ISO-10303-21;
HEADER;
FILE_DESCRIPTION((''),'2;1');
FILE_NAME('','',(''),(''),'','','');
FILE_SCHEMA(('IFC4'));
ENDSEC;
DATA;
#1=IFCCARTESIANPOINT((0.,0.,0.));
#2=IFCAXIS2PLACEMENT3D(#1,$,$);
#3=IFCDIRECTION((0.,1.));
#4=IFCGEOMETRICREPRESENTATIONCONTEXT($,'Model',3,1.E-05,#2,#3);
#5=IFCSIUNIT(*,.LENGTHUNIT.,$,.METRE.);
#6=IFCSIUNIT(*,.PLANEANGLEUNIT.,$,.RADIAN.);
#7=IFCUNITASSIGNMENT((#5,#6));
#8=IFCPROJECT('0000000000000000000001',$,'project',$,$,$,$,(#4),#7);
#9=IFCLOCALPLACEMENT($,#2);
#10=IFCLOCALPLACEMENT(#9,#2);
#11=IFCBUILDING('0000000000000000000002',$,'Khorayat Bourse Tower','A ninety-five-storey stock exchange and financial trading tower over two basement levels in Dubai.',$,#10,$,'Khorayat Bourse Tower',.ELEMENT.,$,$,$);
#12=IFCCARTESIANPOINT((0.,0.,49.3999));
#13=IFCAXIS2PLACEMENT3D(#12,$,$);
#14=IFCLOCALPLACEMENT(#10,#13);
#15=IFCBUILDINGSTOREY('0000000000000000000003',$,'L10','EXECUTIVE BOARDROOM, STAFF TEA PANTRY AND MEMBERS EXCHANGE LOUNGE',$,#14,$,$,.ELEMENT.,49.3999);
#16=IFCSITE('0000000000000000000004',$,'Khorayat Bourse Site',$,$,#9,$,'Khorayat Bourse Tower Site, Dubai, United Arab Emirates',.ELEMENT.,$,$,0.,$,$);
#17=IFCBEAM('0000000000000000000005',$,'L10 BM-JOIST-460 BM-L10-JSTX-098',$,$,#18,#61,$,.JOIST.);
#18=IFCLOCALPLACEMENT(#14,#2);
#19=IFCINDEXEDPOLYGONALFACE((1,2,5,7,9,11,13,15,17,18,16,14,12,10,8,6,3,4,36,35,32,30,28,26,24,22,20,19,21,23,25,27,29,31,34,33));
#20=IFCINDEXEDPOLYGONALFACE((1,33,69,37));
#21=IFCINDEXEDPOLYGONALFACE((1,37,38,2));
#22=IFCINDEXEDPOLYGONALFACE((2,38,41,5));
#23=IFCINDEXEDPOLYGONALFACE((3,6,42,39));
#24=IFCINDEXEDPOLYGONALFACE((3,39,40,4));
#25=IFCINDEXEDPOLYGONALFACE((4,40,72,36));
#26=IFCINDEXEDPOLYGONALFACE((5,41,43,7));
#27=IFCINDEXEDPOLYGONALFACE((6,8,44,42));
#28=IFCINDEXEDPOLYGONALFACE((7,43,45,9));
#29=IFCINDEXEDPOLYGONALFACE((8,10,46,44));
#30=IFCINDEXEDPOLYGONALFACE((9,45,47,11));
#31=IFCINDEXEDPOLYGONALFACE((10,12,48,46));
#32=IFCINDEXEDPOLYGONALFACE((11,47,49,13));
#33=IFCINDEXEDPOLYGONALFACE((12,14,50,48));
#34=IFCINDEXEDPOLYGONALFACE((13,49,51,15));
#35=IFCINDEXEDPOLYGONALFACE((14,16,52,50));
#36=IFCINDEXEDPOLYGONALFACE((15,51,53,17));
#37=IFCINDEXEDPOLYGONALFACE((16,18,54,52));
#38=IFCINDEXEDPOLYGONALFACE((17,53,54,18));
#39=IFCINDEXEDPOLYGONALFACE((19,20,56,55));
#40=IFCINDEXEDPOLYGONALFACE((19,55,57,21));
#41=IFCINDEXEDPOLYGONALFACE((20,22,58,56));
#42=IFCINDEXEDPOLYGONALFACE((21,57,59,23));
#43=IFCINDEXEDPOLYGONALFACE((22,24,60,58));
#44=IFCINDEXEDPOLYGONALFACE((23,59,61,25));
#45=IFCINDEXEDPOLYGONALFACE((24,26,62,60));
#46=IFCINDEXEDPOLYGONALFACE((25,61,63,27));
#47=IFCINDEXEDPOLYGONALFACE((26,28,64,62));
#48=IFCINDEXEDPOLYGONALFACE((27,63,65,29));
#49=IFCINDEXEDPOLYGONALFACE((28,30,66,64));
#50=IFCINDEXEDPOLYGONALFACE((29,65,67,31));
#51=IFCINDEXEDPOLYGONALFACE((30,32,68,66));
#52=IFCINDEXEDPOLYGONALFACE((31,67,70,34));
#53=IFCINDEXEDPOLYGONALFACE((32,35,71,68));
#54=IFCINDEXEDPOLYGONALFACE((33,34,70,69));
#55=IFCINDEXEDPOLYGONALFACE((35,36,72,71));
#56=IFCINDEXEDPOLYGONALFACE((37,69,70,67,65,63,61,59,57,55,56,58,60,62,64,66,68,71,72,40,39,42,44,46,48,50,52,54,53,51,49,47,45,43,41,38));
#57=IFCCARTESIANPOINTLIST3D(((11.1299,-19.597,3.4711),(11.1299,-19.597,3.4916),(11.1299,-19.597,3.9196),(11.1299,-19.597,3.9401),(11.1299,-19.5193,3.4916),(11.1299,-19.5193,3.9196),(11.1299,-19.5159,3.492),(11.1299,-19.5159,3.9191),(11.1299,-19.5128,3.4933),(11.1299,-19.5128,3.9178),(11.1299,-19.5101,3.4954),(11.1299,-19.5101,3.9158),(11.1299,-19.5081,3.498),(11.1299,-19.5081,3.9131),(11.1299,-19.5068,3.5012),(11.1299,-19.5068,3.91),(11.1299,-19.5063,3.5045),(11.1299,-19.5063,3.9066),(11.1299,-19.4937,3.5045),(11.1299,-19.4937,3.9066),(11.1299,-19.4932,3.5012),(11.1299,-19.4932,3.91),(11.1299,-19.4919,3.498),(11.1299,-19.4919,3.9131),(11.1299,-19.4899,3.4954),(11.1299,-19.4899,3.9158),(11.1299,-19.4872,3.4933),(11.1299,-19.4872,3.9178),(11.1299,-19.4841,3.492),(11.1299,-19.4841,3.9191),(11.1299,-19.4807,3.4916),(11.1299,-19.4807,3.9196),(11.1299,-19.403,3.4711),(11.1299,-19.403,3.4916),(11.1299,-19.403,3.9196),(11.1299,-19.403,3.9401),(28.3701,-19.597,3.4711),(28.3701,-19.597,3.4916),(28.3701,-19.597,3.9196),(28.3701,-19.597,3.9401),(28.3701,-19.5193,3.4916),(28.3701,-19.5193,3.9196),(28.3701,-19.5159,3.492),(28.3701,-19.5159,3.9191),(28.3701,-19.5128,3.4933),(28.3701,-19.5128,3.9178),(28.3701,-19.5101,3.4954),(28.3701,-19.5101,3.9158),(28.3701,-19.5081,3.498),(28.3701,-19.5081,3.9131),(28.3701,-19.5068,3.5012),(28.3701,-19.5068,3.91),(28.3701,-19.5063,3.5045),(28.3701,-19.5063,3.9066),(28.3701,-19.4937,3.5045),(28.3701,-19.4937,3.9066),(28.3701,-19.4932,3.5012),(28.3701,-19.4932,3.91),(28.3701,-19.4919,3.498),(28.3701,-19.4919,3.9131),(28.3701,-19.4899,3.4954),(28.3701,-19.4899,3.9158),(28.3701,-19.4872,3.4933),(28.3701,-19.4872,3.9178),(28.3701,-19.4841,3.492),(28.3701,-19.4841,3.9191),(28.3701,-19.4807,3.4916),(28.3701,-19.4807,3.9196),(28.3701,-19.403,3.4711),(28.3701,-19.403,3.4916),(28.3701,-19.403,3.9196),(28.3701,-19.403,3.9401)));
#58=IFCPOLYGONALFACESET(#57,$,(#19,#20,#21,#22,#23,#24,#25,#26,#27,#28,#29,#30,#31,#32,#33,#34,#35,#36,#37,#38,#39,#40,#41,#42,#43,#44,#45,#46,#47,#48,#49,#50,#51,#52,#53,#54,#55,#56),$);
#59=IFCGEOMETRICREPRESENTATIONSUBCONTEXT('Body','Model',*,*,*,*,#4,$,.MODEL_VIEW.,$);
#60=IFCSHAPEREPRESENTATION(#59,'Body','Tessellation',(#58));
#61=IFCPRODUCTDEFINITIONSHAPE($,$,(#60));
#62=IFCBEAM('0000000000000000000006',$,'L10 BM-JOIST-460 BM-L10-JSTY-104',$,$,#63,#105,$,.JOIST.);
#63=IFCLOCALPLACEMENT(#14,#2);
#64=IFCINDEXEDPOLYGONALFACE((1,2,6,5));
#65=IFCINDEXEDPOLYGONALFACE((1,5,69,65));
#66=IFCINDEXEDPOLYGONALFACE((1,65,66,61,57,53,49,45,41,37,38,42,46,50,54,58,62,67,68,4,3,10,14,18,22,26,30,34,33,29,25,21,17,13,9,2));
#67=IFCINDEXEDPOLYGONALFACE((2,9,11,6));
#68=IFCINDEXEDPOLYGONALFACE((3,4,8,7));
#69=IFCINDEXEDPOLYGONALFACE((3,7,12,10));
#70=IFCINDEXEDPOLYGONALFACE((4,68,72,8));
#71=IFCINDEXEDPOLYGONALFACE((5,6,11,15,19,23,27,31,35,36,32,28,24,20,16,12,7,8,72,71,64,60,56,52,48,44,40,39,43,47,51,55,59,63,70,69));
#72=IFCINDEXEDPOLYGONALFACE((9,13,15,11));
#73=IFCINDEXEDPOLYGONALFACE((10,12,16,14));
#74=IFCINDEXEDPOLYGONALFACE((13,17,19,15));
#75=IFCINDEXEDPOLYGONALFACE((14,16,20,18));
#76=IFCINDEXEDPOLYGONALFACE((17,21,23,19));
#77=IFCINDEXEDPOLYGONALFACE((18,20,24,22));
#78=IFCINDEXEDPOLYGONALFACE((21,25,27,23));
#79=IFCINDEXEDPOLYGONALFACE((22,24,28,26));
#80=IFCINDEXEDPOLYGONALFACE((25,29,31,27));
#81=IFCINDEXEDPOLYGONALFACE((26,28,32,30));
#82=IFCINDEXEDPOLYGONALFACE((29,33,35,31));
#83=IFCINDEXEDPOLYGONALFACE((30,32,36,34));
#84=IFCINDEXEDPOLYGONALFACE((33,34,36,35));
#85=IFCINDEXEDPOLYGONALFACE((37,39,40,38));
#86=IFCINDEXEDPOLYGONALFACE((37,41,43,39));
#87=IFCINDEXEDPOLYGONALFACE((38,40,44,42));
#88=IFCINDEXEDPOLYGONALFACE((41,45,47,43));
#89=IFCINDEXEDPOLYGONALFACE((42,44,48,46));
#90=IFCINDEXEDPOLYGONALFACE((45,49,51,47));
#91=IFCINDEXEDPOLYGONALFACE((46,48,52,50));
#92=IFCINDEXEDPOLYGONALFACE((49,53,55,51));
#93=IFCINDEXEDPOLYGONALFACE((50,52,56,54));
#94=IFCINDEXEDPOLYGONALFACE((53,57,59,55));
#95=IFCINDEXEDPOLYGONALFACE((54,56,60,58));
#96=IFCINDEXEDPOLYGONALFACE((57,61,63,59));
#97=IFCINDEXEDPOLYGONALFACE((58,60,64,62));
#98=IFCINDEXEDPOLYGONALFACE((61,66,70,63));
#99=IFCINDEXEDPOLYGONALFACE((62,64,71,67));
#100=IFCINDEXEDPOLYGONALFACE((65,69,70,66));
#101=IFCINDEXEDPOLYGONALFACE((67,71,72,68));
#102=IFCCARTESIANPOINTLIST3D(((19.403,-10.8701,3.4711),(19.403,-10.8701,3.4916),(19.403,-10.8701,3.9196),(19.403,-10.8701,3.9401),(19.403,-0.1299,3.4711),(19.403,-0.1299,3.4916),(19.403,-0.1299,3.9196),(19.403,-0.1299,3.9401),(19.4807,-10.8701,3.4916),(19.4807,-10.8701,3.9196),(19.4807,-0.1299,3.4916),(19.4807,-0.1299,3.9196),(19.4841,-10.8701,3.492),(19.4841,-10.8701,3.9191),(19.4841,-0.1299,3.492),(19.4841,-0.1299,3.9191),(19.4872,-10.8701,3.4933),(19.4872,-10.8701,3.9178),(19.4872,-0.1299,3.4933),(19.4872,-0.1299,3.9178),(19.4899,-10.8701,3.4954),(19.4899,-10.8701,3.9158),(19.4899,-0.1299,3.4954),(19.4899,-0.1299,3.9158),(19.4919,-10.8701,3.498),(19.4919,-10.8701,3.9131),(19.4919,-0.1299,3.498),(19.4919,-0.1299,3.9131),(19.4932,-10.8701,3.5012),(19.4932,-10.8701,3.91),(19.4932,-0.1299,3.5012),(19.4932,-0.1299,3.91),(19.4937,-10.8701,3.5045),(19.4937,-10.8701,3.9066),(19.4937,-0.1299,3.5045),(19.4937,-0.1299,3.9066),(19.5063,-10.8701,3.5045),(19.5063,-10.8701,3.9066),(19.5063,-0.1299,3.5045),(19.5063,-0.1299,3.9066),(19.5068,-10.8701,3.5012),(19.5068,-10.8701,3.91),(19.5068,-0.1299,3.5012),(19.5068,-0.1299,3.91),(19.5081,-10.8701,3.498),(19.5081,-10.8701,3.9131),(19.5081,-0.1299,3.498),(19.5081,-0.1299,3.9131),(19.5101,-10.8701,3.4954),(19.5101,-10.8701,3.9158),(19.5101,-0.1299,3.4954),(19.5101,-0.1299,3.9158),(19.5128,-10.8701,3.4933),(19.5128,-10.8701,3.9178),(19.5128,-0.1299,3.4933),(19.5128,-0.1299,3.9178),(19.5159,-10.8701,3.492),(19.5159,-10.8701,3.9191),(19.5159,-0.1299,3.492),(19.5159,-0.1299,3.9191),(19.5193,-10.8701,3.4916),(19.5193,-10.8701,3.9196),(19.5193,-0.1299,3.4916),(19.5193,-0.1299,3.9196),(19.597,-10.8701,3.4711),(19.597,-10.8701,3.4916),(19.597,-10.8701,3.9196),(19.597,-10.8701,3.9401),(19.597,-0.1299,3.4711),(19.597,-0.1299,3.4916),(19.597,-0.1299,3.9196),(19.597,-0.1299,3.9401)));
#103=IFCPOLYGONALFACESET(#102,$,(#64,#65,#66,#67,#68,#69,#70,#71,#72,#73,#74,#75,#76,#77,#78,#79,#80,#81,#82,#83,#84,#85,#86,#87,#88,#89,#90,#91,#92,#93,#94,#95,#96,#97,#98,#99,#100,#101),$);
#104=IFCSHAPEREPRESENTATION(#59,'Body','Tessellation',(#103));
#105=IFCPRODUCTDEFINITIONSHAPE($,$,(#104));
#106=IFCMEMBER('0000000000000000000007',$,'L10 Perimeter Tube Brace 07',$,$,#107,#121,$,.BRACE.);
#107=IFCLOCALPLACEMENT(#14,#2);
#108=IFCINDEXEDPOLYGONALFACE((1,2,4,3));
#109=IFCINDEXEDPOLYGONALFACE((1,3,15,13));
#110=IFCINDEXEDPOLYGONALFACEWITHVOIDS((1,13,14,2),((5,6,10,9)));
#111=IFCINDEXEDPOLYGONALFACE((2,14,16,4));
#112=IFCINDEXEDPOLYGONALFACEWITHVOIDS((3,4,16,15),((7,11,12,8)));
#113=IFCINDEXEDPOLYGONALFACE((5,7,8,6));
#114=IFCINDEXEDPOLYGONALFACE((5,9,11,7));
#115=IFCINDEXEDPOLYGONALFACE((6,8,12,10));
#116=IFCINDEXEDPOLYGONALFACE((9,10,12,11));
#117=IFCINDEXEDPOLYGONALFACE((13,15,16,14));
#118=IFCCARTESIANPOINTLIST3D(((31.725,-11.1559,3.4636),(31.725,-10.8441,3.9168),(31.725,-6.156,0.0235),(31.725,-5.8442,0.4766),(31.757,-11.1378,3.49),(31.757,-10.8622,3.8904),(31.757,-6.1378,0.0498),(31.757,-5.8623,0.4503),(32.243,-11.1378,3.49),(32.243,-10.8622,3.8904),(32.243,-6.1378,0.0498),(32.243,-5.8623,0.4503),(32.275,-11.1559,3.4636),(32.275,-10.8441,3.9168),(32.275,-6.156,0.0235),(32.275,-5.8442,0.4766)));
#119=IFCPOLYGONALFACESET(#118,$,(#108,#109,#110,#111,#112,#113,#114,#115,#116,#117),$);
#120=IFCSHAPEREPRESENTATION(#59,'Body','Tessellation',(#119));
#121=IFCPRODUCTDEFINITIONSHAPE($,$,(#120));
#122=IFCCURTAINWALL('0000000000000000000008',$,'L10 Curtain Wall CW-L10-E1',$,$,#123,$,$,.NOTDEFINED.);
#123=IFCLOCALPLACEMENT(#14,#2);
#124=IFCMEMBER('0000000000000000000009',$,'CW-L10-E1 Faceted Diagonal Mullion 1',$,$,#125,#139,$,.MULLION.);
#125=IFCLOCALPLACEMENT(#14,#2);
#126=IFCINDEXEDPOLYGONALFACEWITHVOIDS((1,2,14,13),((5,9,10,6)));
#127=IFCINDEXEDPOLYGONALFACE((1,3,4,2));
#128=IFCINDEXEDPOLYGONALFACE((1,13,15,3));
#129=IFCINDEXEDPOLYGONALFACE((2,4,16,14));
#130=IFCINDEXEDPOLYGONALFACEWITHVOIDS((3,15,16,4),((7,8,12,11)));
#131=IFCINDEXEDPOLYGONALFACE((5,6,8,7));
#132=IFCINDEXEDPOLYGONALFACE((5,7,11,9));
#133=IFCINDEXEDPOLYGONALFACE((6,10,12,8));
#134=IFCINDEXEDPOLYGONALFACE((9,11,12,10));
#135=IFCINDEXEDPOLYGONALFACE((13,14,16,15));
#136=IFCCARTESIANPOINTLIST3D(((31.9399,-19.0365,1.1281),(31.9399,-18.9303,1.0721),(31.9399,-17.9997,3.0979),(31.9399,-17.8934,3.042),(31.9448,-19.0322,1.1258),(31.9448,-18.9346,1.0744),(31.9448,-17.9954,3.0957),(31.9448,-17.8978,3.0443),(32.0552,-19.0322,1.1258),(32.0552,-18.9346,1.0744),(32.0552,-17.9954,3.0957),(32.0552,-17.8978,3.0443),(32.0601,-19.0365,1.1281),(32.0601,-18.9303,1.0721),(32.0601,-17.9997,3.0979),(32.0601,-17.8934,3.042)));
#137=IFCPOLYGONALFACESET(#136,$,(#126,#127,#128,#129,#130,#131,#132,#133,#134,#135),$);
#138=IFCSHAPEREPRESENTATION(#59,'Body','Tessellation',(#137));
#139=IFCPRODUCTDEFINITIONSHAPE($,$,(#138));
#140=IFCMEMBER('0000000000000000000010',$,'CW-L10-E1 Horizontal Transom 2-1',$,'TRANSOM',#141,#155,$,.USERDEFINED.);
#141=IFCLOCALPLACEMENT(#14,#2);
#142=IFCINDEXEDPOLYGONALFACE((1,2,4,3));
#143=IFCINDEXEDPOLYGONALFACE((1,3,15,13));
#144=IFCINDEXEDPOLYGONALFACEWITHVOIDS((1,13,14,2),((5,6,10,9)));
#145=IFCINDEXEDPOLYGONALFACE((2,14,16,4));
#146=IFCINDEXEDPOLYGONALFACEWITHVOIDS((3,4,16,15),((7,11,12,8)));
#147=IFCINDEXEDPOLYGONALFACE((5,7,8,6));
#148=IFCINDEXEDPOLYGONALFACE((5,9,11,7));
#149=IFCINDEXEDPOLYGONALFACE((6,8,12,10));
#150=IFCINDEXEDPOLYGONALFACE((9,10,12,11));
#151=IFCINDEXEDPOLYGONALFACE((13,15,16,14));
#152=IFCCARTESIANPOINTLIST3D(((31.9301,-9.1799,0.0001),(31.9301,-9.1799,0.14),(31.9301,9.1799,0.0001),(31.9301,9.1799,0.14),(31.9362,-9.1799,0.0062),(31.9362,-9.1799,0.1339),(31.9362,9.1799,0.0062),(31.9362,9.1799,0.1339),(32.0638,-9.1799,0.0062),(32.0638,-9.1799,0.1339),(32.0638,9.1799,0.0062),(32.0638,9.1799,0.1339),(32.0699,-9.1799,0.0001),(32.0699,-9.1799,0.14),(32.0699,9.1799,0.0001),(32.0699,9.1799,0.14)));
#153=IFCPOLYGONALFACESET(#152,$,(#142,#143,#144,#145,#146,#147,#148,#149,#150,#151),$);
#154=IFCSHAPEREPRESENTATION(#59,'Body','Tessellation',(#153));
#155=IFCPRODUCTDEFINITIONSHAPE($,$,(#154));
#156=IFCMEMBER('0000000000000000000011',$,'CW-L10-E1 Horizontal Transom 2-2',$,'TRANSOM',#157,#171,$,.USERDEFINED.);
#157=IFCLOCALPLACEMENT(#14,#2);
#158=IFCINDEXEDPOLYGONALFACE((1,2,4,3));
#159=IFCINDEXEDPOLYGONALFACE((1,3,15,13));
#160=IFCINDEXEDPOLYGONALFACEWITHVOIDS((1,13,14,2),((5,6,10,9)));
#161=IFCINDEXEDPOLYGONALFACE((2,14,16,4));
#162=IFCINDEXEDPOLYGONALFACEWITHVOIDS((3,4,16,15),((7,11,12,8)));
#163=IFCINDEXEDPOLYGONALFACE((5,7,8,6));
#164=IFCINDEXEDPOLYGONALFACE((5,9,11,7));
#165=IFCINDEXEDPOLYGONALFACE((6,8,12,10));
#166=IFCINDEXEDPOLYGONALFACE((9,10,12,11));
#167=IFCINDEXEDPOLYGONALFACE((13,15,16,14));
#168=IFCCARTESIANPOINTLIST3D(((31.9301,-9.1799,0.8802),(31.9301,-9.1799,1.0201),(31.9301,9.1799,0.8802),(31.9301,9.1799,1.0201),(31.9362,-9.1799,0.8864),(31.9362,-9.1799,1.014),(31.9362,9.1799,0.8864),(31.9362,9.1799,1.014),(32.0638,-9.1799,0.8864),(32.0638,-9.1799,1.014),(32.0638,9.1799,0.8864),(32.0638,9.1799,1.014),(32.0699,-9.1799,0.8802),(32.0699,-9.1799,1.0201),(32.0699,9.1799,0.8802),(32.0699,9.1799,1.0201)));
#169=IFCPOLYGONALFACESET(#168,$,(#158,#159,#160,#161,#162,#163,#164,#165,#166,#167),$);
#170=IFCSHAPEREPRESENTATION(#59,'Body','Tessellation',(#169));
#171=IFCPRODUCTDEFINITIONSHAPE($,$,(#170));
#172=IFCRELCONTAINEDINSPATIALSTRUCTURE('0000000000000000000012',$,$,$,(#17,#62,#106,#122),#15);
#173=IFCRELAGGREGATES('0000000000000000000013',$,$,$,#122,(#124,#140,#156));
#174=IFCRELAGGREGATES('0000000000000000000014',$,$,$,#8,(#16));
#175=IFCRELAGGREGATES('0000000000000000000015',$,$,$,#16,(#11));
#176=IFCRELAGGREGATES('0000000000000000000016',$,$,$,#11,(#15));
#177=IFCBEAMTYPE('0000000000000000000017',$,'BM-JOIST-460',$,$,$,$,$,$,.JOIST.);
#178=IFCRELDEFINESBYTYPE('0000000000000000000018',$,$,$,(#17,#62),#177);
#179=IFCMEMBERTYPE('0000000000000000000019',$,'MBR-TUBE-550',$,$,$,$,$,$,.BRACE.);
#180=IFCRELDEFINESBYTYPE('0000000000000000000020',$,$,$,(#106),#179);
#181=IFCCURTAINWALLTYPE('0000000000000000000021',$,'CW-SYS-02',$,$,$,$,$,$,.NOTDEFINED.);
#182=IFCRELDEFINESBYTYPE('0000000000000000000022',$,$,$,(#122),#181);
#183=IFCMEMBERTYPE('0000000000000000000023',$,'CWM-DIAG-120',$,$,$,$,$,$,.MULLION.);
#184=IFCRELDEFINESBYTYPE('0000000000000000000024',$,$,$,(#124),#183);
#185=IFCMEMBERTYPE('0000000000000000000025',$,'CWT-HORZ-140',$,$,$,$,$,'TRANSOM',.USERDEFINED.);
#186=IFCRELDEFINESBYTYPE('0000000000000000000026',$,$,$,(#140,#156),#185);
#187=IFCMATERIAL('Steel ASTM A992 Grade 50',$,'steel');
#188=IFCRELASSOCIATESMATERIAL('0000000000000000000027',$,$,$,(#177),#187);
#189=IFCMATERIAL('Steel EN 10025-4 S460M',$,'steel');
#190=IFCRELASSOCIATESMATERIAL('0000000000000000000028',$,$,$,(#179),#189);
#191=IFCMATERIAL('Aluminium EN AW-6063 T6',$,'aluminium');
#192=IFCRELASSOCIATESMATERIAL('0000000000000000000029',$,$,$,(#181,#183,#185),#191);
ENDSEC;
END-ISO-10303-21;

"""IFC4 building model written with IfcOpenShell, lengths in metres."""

from ifc_helpers import new_model, si_unit, direction, frame, origin, origin_2d, place, context, subcontext, project, spatial, hollow_rectangle, i_section, extrude, source, transform, mapped, material, material_profile, profile_set, type_object, element, aggregate, save


model = new_model("IFC4")

# Units and contexts
model_context = context("Model", 3, precision=1e-05, world=origin(), true_north=direction((0.0, 1.0)))
body_context = subcontext(model_context, "Body", "Model", "MODEL_VIEW")
ifc_project = project(units=[si_unit("LENGTHUNIT", "METRE"), si_unit("PLANEANGLEUNIT", "RADIAN")], contexts=[model_context])

# Site, building, storey
site_placement = place(None, origin())
site = spatial("IfcSite", under=ifc_project, at=site_placement, Name="Khorayat Bourse Site", LongName="Khorayat Bourse Tower Site, Dubai, United Arab Emirates", CompositionType="ELEMENT", RefElevation=0.0)
building_placement = place(site_placement, origin())
building = spatial("IfcBuilding", under=site, at=building_placement, Name="Khorayat Bourse Tower", Description="A ninety-five-storey stock exchange and financial trading tower over two basement levels in Dubai.", LongName="Khorayat Bourse Tower", CompositionType="ELEMENT")
storey_placement = place(building_placement, frame((0.0, 0.0, 49.3999)))
storey = spatial("IfcBuildingStorey", under=building, at=storey_placement, Name="L10", Description="EXECUTIVE BOARDROOM, STAFF TEA PANTRY AND MEMBERS EXCHANGE LOUNGE", CompositionType="ELEMENT", Elevation=49.3999)

# Shared definitions
ifc_material_1 = material(Name="Steel EN 10025-4 S460M", Category="steel")

# Beams
ifc_material_2 = material(Name="Steel ASTM A992 Grade 50", Category="steel")
ifc_material_profile_1 = material_profile(ifc_material_2, i_section(OverallWidth=0.1941, OverallDepth=0.469, WebThickness=0.0127, FlangeThickness=0.0205, FilletRadius=0.0129, at=origin_2d()), Name="W460X106")
ifc_profile_set_1 = profile_set([ifc_material_profile_1], Name="Steel ASTM A992 Grade 50")
beam_type_1 = type_object("IfcBeamType", Name="BM-JOIST-460", PredefinedType="JOIST", material=ifc_profile_set_1)
shared_shape_1 = source(origin(), body_context, "Body", "SweptSolid", [
    extrude(i_section(OverallWidth=0.1941, OverallDepth=0.469, WebThickness=0.0127, FlangeThickness=0.0205, FilletRadius=0.0129, at=origin_2d()), origin(), (0.0, 0.0, 1.0), 17.2402),
])
beam_1_placement = place(storey_placement, frame((11.1299, -19.5, 3.7056), z_axis=(1.0, 0.0, 0.0), x_axis=(0.0, 1.0, 0.0)))
element("IfcBeam", 1, at=beam_1_placement, inside=storey, type_object=beam_type_1, Name="L10 BM-JOIST-460 BM-L10-JSTX-098", PredefinedType="JOIST", context=body_context, shape_type="MappedRepresentation", body=[
    mapped(shared_shape_1, transform((0.0, 0.0, 0.0), scale=1.0)),
])
shared_shape_2 = source(origin(), body_context, "Body", "SweptSolid", [
    extrude(i_section(OverallWidth=0.1941, OverallDepth=0.469, WebThickness=0.0127, FlangeThickness=0.0205, FilletRadius=0.0129, at=origin_2d()), origin(), (0.0, 0.0, 1.0), 10.7402),
])
beam_2_placement = place(storey_placement, frame((19.5, -10.8701, 3.7056), z_axis=(0.0, 1.0, 0.0), x_axis=(-1.0, 0.0, 0.0)))
element("IfcBeam", 2, at=beam_2_placement, inside=storey, type_object=beam_type_1, Name="L10 BM-JOIST-460 BM-L10-JSTY-104", PredefinedType="JOIST", context=body_context, shape_type="MappedRepresentation", body=[
    mapped(shared_shape_2, transform((0.0, 0.0, 0.0), scale=1.0)),
])

# Member
ifc_material_profile_2 = material_profile(ifc_material_1, hollow_rectangle(XDim=0.55, YDim=0.55, WallThickness=0.032, at=origin_2d()), Name="HSS 550x550x32")
ifc_profile_set_2 = profile_set([ifc_material_profile_2], Name="Steel EN 10025-4 S460M")
member_type_1 = type_object("IfcMemberType", Name="MBR-TUBE-550", PredefinedType="BRACE", material=ifc_profile_set_2)
shared_shape_3 = source(origin(), body_context, "Body", "SweptSolid", [
    extrude(hollow_rectangle(XDim=0.55, YDim=0.55, WallThickness=0.032, at=origin_2d()), origin(), (0.0, 0.0, 1.0), 6.0691),
])
member_1_placement = place(storey_placement, frame((32.0, -11.0, 3.6902), z_axis=(0.0, 0.823835, -0.566829), x_axis=(-1.0, 0.0, 0.0)))
element("IfcMember", 3, at=member_1_placement, inside=storey, type_object=member_type_1, Name="L10 Perimeter Tube Brace 07", PredefinedType="BRACE", context=body_context, shape_type="MappedRepresentation", body=[
    mapped(shared_shape_3, transform((0.0, 0.0, 0.0), scale=1.0)),
])

# Curtain wall, members
ifc_material_3 = material(Name="Aluminium EN AW-6063 T6", Category="aluminium")
curtain_wall_type = type_object("IfcCurtainWallType", Name="CW-SYS-02", PredefinedType="NOTDEFINED", material=ifc_material_3)
curtain_wall_placement = place(storey_placement, origin())
curtain_wall = element("IfcCurtainWall", 4, at=curtain_wall_placement, inside=storey, type_object=curtain_wall_type, Name="L10 Curtain Wall CW-L10-E1", PredefinedType="NOTDEFINED")
ifc_material_profile_3 = material_profile(ifc_material_3, hollow_rectangle(XDim=0.1201, YDim=0.1201, WallThickness=0.0049, at=origin_2d()), Name="ALU 120x120x5")
ifc_profile_set_3 = profile_set([ifc_material_profile_3], Name="Aluminium EN AW-6063 T6")
member_type_2 = type_object("IfcMemberType", Name="CWM-DIAG-120", PredefinedType="MULLION", material=ifc_profile_set_3)
shared_shape_4 = source(origin(), body_context, "Body", "SweptSolid", [
    extrude(hollow_rectangle(XDim=0.1201, YDim=0.1201, WallThickness=0.0049, at=origin_2d()), origin(), (0.0, 0.0, 1.0), 2.2261),
])
member_2_placement = place(storey_placement, frame((32.0, -18.9834, 1.1001), z_axis=(0.0, 0.46576, 0.884911), x_axis=(-1.0, 0.0, 0.0)))
member_2 = element("IfcMember", 5, at=member_2_placement, type_object=member_type_2, Name="CW-L10-E1 Faceted Diagonal Mullion 1", PredefinedType="MULLION", context=body_context, shape_type="MappedRepresentation", body=[
    mapped(shared_shape_4, transform((0.0, 0.0, 0.0), scale=1.0)),
])
ifc_material_profile_4 = material_profile(ifc_material_3, hollow_rectangle(XDim=0.1399, YDim=0.1399, WallThickness=0.0061, at=origin_2d()), Name="ALU 140x140x6")
ifc_profile_set_4 = profile_set([ifc_material_profile_4], Name="Aluminium EN AW-6063 T6")
member_type_3 = type_object("IfcMemberType", Name="CWT-HORZ-140", ElementType="TRANSOM", PredefinedType="USERDEFINED", material=ifc_profile_set_4)
shared_shape_5 = source(origin(), body_context, "Body", "SweptSolid", [
    extrude(hollow_rectangle(XDim=0.1399, YDim=0.1399, WallThickness=0.0061, at=origin_2d()), origin(), (0.0, 0.0, 1.0), 18.3599),
])
member_3_placement = place(storey_placement, frame((32.0, -9.1799, 0.0701), z_axis=(0.0, 1.0, 0.0), x_axis=(-1.0, 0.0, 0.0)))
member_3 = element("IfcMember", 6, at=member_3_placement, type_object=member_type_3, Name="CW-L10-E1 Horizontal Transom 2-1", ObjectType="TRANSOM", PredefinedType="USERDEFINED", context=body_context, shape_type="MappedRepresentation", body=[
    mapped(shared_shape_5, transform((0.0, 0.0, 0.0), scale=1.0)),
])
member_4_placement = place(storey_placement, frame((32.0, -9.1799, 0.9502), z_axis=(0.0, 1.0, 0.0), x_axis=(-1.0, 0.0, 0.0)))
member_4 = element("IfcMember", 7, at=member_4_placement, type_object=member_type_3, Name="CW-L10-E1 Horizontal Transom 2-2", ObjectType="TRANSOM", PredefinedType="USERDEFINED", context=body_context, shape_type="MappedRepresentation", body=[
    mapped(shared_shape_5, transform((0.0, 0.0, 0.0), scale=1.0)),
])

aggregate(curtain_wall, [member_2, member_3, member_4])

save(model, "model.ifc")
